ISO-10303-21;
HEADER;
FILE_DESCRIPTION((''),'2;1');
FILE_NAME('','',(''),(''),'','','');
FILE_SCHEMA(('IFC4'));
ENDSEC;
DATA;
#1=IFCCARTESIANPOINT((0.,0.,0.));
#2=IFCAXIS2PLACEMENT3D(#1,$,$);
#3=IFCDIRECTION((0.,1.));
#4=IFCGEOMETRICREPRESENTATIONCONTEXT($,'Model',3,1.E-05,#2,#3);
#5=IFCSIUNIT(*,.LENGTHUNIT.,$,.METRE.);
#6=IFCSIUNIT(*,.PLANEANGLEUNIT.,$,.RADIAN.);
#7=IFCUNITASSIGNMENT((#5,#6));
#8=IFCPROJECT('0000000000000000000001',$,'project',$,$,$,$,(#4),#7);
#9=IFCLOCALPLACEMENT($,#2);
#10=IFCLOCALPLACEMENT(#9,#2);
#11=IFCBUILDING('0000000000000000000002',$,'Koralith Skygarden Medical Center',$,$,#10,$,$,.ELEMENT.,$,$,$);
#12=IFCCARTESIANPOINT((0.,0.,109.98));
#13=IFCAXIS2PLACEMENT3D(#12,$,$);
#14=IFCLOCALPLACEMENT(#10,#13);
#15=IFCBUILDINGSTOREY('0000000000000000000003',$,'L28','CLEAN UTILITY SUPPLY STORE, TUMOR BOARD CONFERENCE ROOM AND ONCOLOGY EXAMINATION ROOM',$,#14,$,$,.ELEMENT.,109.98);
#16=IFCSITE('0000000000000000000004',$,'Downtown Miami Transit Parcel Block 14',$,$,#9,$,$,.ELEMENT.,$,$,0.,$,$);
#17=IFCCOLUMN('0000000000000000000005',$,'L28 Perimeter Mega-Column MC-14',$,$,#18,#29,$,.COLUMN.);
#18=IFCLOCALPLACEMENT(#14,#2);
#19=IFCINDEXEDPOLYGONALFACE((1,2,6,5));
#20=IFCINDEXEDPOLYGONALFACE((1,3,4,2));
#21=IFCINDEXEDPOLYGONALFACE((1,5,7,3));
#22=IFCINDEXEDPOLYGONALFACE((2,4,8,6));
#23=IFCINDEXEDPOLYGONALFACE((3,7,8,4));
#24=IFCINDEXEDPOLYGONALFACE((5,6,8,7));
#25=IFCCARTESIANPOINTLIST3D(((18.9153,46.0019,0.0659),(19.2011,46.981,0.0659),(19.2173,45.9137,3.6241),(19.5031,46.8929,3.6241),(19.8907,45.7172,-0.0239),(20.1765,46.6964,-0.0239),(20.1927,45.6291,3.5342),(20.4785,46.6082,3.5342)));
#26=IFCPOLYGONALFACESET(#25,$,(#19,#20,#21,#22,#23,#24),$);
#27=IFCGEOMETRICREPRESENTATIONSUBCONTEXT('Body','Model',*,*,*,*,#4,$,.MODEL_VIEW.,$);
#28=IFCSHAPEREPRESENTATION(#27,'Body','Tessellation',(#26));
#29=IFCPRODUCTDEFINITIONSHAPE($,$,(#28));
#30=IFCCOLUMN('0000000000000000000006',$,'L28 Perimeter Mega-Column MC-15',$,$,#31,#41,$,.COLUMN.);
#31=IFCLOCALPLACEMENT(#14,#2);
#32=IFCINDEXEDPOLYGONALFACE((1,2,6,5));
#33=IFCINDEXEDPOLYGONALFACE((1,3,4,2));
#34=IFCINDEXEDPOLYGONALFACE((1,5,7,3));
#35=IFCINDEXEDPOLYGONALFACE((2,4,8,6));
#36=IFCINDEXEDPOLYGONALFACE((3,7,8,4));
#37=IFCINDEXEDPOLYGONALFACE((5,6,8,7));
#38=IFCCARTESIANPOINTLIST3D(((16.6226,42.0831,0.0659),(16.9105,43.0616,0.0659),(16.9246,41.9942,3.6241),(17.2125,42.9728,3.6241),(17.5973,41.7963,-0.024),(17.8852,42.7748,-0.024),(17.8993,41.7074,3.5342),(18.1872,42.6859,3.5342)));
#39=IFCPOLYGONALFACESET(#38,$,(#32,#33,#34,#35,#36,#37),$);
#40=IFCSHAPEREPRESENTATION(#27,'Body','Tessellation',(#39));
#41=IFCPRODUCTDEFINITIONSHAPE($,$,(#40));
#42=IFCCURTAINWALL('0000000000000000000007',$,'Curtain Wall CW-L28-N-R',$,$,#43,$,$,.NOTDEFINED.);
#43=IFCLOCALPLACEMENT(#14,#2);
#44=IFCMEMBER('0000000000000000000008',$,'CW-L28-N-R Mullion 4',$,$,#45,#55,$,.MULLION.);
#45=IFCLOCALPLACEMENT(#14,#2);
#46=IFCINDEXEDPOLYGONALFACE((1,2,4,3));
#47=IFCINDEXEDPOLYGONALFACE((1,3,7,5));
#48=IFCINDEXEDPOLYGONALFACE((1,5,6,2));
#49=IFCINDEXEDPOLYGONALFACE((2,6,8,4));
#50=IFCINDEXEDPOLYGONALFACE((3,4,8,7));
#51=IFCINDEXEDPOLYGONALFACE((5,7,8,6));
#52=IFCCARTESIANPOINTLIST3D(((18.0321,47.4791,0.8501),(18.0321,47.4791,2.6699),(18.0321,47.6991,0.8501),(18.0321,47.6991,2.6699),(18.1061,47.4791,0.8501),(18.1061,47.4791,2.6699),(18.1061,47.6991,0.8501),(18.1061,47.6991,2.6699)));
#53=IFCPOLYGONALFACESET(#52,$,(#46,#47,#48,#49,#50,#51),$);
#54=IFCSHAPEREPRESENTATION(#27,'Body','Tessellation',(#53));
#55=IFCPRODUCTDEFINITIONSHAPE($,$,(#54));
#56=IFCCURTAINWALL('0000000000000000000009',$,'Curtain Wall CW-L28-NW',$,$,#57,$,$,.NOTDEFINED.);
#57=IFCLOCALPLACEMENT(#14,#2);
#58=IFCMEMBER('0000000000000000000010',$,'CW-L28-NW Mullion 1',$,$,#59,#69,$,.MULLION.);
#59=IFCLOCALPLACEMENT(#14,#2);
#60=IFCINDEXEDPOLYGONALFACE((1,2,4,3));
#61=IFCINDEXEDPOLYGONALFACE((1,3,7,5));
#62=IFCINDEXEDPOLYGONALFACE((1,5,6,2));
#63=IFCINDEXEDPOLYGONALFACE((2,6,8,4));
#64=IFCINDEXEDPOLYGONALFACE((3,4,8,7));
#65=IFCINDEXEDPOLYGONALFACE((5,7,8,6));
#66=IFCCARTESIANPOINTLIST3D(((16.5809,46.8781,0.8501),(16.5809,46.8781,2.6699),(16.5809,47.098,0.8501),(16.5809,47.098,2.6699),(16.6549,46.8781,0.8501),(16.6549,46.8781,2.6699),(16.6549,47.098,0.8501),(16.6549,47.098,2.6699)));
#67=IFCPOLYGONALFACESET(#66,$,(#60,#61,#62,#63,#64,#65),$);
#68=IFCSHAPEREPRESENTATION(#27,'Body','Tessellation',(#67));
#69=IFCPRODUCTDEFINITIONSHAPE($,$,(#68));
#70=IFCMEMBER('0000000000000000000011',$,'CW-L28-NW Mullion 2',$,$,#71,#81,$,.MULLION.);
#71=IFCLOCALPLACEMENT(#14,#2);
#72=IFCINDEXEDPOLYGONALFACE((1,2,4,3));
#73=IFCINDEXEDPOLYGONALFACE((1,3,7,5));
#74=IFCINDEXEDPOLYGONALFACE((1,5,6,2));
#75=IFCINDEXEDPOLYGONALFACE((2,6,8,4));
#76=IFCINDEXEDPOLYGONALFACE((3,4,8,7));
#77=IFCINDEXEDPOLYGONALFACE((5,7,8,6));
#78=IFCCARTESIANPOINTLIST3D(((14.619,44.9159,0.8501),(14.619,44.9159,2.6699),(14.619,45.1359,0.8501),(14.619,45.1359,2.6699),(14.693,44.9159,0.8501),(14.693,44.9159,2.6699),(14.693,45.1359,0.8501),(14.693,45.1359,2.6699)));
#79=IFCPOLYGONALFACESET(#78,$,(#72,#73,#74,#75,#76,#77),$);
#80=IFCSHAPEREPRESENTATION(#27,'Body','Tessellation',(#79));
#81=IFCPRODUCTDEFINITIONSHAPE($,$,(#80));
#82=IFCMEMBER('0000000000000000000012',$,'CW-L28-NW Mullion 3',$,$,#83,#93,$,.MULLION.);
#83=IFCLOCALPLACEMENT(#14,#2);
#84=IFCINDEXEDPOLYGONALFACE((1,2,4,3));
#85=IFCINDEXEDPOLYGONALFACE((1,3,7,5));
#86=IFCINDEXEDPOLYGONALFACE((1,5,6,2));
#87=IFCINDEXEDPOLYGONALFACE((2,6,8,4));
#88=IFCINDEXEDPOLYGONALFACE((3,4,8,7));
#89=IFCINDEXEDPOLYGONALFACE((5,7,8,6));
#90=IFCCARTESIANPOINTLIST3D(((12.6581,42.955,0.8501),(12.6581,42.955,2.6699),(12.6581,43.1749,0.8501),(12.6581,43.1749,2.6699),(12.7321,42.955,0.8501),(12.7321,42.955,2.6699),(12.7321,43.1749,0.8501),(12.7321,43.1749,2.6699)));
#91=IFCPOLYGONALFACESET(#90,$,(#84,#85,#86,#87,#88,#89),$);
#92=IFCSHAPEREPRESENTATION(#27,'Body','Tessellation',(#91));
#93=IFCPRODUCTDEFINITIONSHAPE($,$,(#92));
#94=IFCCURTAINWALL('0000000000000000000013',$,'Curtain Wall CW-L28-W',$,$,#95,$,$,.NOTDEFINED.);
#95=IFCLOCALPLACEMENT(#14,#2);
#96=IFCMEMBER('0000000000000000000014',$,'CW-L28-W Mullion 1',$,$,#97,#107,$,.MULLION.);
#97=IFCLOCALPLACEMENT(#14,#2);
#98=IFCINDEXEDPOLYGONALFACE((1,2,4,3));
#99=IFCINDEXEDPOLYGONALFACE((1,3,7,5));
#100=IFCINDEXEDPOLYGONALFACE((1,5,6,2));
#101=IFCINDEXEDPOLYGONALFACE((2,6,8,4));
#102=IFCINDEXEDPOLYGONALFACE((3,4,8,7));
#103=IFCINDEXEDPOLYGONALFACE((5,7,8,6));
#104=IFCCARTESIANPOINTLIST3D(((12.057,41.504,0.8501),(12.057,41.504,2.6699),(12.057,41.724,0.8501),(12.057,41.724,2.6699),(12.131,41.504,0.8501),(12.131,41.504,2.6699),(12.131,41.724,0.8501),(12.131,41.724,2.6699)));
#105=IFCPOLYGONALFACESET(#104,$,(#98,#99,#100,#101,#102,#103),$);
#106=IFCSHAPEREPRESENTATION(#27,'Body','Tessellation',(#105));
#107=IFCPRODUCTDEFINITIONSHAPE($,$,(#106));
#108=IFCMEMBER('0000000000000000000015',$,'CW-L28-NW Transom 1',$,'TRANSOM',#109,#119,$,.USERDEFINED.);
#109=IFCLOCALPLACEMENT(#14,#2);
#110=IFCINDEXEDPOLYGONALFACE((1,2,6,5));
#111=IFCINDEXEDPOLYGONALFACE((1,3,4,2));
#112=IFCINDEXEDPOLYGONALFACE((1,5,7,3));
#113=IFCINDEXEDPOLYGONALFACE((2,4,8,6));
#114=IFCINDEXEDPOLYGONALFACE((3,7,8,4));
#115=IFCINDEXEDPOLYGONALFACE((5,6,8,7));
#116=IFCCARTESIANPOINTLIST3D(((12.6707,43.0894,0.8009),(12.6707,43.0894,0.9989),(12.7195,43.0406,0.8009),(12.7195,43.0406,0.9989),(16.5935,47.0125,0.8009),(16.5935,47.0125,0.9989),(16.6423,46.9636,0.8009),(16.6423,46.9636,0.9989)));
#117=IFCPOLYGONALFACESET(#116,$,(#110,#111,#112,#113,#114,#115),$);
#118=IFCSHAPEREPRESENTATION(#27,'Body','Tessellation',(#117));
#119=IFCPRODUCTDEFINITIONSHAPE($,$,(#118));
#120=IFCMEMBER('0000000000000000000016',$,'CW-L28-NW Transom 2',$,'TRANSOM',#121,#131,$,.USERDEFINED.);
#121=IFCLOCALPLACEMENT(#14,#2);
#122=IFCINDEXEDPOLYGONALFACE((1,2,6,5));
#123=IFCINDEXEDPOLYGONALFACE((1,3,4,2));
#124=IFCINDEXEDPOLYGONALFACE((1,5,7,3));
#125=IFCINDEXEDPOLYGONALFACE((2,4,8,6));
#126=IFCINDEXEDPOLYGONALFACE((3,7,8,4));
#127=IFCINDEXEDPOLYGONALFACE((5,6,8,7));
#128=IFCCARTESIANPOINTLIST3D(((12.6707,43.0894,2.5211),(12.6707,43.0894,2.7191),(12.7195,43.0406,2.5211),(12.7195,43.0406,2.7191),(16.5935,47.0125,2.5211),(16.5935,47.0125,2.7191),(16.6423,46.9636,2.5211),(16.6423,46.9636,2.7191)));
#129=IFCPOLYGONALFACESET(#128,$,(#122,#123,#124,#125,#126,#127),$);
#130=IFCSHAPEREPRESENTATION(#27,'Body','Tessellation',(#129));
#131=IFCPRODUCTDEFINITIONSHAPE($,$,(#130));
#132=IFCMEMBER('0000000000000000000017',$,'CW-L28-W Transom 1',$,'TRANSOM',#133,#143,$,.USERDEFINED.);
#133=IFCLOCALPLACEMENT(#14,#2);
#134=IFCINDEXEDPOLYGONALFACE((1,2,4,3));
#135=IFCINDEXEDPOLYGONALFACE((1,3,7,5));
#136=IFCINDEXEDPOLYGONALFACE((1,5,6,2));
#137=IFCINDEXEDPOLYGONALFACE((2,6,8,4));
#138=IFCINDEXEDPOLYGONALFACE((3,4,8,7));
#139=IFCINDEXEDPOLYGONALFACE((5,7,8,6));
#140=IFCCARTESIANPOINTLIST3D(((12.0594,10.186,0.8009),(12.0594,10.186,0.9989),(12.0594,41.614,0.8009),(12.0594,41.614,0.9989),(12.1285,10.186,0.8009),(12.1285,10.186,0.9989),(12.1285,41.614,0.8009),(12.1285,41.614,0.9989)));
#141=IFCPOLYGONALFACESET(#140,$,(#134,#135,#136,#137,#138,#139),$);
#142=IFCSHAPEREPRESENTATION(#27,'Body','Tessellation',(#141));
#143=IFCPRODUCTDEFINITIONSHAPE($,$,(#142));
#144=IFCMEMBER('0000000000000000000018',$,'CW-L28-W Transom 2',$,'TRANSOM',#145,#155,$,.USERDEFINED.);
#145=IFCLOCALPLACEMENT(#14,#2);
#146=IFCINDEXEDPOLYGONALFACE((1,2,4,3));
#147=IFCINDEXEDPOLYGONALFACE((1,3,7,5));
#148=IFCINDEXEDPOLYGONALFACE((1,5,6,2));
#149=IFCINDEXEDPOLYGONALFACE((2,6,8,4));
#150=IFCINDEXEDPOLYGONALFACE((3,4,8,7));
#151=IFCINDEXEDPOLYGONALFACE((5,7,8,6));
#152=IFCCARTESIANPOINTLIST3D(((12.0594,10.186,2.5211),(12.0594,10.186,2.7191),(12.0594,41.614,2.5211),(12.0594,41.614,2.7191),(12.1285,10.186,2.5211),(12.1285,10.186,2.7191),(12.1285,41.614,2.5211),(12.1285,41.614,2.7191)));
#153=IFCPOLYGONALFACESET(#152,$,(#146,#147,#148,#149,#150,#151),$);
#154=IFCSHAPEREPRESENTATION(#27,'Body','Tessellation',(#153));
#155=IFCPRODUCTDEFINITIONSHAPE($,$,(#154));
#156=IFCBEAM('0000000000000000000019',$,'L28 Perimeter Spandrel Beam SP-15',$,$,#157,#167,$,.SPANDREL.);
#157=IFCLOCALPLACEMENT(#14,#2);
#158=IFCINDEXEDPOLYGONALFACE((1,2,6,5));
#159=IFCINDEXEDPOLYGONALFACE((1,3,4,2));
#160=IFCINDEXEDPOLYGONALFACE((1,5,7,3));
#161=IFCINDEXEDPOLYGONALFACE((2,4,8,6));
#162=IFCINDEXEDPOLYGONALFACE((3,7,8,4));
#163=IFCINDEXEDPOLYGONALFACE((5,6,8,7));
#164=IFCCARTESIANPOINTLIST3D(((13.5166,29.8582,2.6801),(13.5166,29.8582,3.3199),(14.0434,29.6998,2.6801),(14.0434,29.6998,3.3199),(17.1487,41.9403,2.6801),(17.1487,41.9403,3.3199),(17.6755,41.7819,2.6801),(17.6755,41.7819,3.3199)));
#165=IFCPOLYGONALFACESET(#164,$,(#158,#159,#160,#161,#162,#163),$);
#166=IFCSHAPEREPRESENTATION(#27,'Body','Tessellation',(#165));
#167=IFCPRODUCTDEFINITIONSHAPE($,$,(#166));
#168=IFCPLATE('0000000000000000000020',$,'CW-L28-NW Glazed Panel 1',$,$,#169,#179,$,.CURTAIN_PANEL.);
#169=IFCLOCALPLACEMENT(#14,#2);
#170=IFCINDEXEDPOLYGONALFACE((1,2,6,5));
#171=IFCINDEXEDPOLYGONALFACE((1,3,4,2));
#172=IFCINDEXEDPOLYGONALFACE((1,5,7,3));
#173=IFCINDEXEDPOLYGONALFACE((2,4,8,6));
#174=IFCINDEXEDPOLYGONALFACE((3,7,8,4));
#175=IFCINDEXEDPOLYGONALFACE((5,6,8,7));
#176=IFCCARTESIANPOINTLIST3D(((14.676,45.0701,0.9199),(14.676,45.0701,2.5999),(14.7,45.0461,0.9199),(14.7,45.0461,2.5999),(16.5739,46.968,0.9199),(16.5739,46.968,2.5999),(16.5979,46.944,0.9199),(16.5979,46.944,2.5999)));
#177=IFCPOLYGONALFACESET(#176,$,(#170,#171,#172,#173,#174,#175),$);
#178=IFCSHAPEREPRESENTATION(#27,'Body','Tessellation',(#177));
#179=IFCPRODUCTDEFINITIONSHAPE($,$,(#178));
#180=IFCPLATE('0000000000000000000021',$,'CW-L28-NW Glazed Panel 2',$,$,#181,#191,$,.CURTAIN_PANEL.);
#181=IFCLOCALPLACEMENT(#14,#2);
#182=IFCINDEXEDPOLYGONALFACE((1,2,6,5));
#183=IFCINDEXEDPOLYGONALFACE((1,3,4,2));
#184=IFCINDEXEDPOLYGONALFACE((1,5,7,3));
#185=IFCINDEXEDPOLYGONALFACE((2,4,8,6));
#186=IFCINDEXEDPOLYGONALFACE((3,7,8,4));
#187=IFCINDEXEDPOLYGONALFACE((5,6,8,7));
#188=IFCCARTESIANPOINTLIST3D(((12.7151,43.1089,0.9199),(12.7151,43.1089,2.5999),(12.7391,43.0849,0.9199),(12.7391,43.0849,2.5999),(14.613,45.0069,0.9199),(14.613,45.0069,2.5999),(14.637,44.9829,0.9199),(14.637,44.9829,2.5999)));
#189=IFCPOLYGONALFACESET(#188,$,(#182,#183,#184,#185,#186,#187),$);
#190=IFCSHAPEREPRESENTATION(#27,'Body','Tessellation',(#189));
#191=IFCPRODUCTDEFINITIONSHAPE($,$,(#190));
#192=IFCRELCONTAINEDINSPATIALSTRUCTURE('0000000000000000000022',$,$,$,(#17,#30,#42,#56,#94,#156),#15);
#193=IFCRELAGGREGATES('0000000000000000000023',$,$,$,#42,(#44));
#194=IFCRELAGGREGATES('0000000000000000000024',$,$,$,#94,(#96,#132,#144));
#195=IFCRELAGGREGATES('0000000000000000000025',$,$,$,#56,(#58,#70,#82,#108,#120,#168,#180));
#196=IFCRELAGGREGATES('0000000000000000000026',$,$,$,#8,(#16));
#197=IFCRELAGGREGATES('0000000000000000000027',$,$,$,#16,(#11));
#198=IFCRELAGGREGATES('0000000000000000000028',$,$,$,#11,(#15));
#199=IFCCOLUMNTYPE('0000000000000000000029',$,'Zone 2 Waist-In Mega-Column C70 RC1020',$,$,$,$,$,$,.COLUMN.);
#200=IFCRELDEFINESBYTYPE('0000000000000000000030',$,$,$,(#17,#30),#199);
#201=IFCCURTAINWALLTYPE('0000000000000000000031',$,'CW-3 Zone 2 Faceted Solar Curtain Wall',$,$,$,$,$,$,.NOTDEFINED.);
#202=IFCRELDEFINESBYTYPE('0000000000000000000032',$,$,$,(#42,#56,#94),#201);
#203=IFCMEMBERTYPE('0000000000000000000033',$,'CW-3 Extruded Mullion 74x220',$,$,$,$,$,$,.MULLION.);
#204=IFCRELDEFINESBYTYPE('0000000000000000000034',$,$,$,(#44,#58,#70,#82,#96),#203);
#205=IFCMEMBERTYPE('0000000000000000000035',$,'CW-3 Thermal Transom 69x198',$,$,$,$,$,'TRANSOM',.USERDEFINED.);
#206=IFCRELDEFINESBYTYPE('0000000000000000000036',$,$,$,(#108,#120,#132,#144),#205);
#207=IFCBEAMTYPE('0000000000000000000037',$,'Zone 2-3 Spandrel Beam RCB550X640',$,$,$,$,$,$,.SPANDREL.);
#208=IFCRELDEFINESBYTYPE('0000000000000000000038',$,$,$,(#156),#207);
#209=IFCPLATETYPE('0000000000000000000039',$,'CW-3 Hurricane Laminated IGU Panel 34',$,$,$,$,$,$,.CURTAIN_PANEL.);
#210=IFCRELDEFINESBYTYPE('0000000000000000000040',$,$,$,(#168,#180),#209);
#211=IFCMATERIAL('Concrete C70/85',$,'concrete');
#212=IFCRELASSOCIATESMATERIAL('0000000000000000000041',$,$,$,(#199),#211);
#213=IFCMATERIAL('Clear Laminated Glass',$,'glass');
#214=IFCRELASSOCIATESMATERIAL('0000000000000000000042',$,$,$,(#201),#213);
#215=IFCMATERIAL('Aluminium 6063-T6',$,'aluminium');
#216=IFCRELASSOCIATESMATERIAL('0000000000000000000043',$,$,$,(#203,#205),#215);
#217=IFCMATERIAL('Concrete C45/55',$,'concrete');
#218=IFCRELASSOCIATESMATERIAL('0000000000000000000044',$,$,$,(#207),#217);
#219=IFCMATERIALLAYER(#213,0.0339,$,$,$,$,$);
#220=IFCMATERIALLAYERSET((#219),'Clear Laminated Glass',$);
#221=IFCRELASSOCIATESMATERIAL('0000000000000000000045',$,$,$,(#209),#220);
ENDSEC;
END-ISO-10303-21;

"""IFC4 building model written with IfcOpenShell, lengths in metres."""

from ifc_helpers import new_model, si_unit, direction, frame, origin, origin_2d, place, context, subcontext, project, spatial, rectangle, extrude, material, layer, layer_set, material_profile, profile_set, type_object, element, aggregate, save


model = new_model("IFC4")

# Units and contexts
model_context = context("Model", 3, precision=1e-05, world=origin(), true_north=direction((0.0, 1.0)))
body_context = subcontext(model_context, "Body", "Model", "MODEL_VIEW")
ifc_project = project(units=[si_unit("LENGTHUNIT", "METRE"), si_unit("PLANEANGLEUNIT", "RADIAN")], contexts=[model_context])

# Site, building, storey
site_placement = place(None, origin())
site = spatial("IfcSite", under=ifc_project, at=site_placement, Name="Downtown Miami Transit Parcel Block 14", CompositionType="ELEMENT", RefElevation=0.0)
building_placement = place(site_placement, origin())
building = spatial("IfcBuilding", under=site, at=building_placement, Name="Koralith Skygarden Medical Center", CompositionType="ELEMENT")
storey_placement = place(building_placement, frame((0.0, 0.0, 109.98)))
storey = spatial("IfcBuildingStorey", under=building, at=storey_placement, Name="L28", Description="CLEAN UTILITY SUPPLY STORE, TUMOR BOARD CONFERENCE ROOM AND ONCOLOGY EXAMINATION ROOM", CompositionType="ELEMENT", Elevation=109.98)

# Columns
ifc_material_1 = material(Name="Concrete C70/85", Category="concrete")
ifc_material_profile_1 = material_profile(ifc_material_1, rectangle(XDim=1.02, YDim=1.02, at=origin_2d()), Name="RC1020X1020")
ifc_profile_set_1 = profile_set([ifc_material_profile_1], Name="Concrete C70/85")
column_type = type_object("IfcColumnType", Name="Zone 2 Waist-In Mega-Column C70 RC1020", PredefinedType="COLUMN", material=ifc_profile_set_1)
for number, where, z_axis, x_axis, name in (
    (1, (19.5459, 46.3491, 0.021), (0.084547, -0.024674, 0.996114), (0.280149, 0.959957, 0.0), "L28 Perimeter Mega-Column MC-14"),
    (2, (17.2539, 42.429, 0.021), (0.084547, -0.024879, 0.996109), (0.282292, 0.959328, 0.0), "L28 Perimeter Mega-Column MC-15"),
):
    element("IfcColumn", number, at=place(storey_placement, frame(where, z_axis=z_axis, x_axis=x_axis)), inside=storey, type_object=column_type, Name=name, PredefinedType="COLUMN", context=body_context, shape_type="SweptSolid", body=[
        extrude(rectangle(XDim=1.02, YDim=1.02, at=origin_2d()), origin(), (0.0, 0.0, 1.0), 3.572),
    ])

# Curtain wall, member
ifc_material_2 = material(Name="Clear Laminated Glass", Category="glass")
curtain_wall_type = type_object("IfcCurtainWallType", Name="CW-3 Zone 2 Faceted Solar Curtain Wall", PredefinedType="NOTDEFINED", material=ifc_material_2)
curtain_wall_1_placement = place(storey_placement, origin())
curtain_wall_1 = element("IfcCurtainWall", 3, at=curtain_wall_1_placement, inside=storey, type_object=curtain_wall_type, Name="Curtain Wall CW-L28-N-R", PredefinedType="NOTDEFINED")
ifc_material_3 = material(Name="Aluminium 6063-T6", Category="aluminium")
ifc_material_profile_2 = material_profile(ifc_material_3, rectangle(XDim=0.074, YDim=0.22, at=origin_2d()), Name="MUL74X220")
ifc_profile_set_2 = profile_set([ifc_material_profile_2], Name="Aluminium 6063-T6")
member_type_1 = type_object("IfcMemberType", Name="CW-3 Extruded Mullion 74x220", PredefinedType="MULLION", material=ifc_profile_set_2)
member_1_placement = place(storey_placement, frame((18.0691, 47.5891, 0.8501), z_axis=(0.0, 0.0, 1.0), x_axis=(1.0, 0.0, 0.0)))
member_1 = element("IfcMember", 4, at=member_1_placement, type_object=member_type_1, Name="CW-L28-N-R Mullion 4", PredefinedType="MULLION", context=body_context, shape_type="SweptSolid", body=[
    extrude(rectangle(XDim=0.074, YDim=0.22, at=origin_2d()), origin(), (0.0, 0.0, 1.0), 1.8198),
])
aggregate(curtain_wall_1, [member_1])

# Curtain wall, members
curtain_wall_2_placement = place(storey_placement, origin())
curtain_wall_2 = element("IfcCurtainWall", 5, at=curtain_wall_2_placement, inside=storey, type_object=curtain_wall_type, Name="Curtain Wall CW-L28-NW", PredefinedType="NOTDEFINED")
member_2_placement = place(storey_placement, frame((16.6179, 46.988, 0.8501), z_axis=(0.0, 0.0, 1.0), x_axis=(1.0, 0.0, 0.0)))
member_2 = element("IfcMember", 6, at=member_2_placement, type_object=member_type_1, Name="CW-L28-NW Mullion 1", PredefinedType="MULLION", context=body_context, shape_type="SweptSolid", body=[
    extrude(rectangle(XDim=0.074, YDim=0.22, at=origin_2d()), origin(), (0.0, 0.0, 1.0), 1.8198),
])
member_3_placement = place(storey_placement, frame((14.656, 45.0259, 0.8501), z_axis=(0.0, 0.0, 1.0), x_axis=(1.0, 0.0, 0.0)))
member_3 = element("IfcMember", 7, at=member_3_placement, type_object=member_type_1, Name="CW-L28-NW Mullion 2", PredefinedType="MULLION", context=body_context, shape_type="SweptSolid", body=[
    extrude(rectangle(XDim=0.074, YDim=0.22, at=origin_2d()), origin(), (0.0, 0.0, 1.0), 1.8198),
])
member_4_placement = place(storey_placement, frame((12.6951, 43.0649, 0.8501), z_axis=(0.0, 0.0, 1.0), x_axis=(1.0, 0.0, 0.0)))
member_4 = element("IfcMember", 8, at=member_4_placement, type_object=member_type_1, Name="CW-L28-NW Mullion 3", PredefinedType="MULLION", context=body_context, shape_type="SweptSolid", body=[
    extrude(rectangle(XDim=0.074, YDim=0.22, at=origin_2d()), origin(), (0.0, 0.0, 1.0), 1.8198),
])

# Curtain wall, member
curtain_wall_3_placement = place(storey_placement, origin())
curtain_wall_3 = element("IfcCurtainWall", 9, at=curtain_wall_3_placement, inside=storey, type_object=curtain_wall_type, Name="Curtain Wall CW-L28-W", PredefinedType="NOTDEFINED")
member_5_placement = place(storey_placement, frame((12.094, 41.614, 0.8501), z_axis=(0.0, 0.0, 1.0), x_axis=(1.0, 0.0, 0.0)))
member_5 = element("IfcMember", 10, at=member_5_placement, type_object=member_type_1, Name="CW-L28-W Mullion 1", PredefinedType="MULLION", context=body_context, shape_type="SweptSolid", body=[
    extrude(rectangle(XDim=0.074, YDim=0.22, at=origin_2d()), origin(), (0.0, 0.0, 1.0), 1.8198),
])

# Members
ifc_material_profile_3 = material_profile(ifc_material_3, rectangle(XDim=0.0691, YDim=0.198, at=origin_2d()), Name="TRN69X198")
ifc_profile_set_3 = profile_set([ifc_material_profile_3], Name="Aluminium 6063-T6")
member_type_2 = type_object("IfcMemberType", Name="CW-3 Thermal Transom 69x198", ElementType="TRANSOM", PredefinedType="USERDEFINED", material=ifc_profile_set_3)
member_6_placement = place(storey_placement, frame((16.6179, 46.988, 0.8999), z_axis=(-0.707085, -0.707129, 0.0), x_axis=(0.707129, -0.707085, 0.0)))
member_6 = element("IfcMember", 11, at=member_6_placement, type_object=member_type_2, Name="CW-L28-NW Transom 1", ObjectType="TRANSOM", PredefinedType="USERDEFINED", context=body_context, shape_type="SweptSolid", body=[
    extrude(rectangle(XDim=0.0691, YDim=0.198, at=origin_2d()), origin(), (0.0, 0.0, 1.0), 5.5479),
])
member_7_placement = place(storey_placement, frame((16.6179, 46.988, 2.6201), z_axis=(-0.707085, -0.707129, 0.0), x_axis=(0.707129, -0.707085, 0.0)))
member_7 = element("IfcMember", 12, at=member_7_placement, type_object=member_type_2, Name="CW-L28-NW Transom 2", ObjectType="TRANSOM", PredefinedType="USERDEFINED", context=body_context, shape_type="SweptSolid", body=[
    extrude(rectangle(XDim=0.0691, YDim=0.198, at=origin_2d()), origin(), (0.0, 0.0, 1.0), 5.5479),
])
member_8_placement = place(storey_placement, frame((12.094, 41.614, 0.8999), z_axis=(0.0, -1.0, 0.0), x_axis=(1.0, 0.0, 0.0)))
member_8 = element("IfcMember", 13, at=member_8_placement, type_object=member_type_2, Name="CW-L28-W Transom 1", ObjectType="TRANSOM", PredefinedType="USERDEFINED", context=body_context, shape_type="SweptSolid", body=[
    extrude(rectangle(XDim=0.0691, YDim=0.198, at=origin_2d()), origin(), (0.0, 0.0, 1.0), 31.428),
])
member_9_placement = place(storey_placement, frame((12.094, 41.614, 2.6201), z_axis=(0.0, -1.0, 0.0), x_axis=(1.0, 0.0, 0.0)))
member_9 = element("IfcMember", 14, at=member_9_placement, type_object=member_type_2, Name="CW-L28-W Transom 2", ObjectType="TRANSOM", PredefinedType="USERDEFINED", context=body_context, shape_type="SweptSolid", body=[
    extrude(rectangle(XDim=0.0691, YDim=0.198, at=origin_2d()), origin(), (0.0, 0.0, 1.0), 31.428),
])
aggregate(curtain_wall_3, [member_5, member_8, member_9])

# Beam
ifc_material_4 = material(Name="Concrete C45/55", Category="concrete")
ifc_material_profile_4 = material_profile(ifc_material_4, rectangle(XDim=0.55, YDim=0.6399, at=origin_2d()), Name="RCB550X640")
ifc_profile_set_4 = profile_set([ifc_material_profile_4], Name="Concrete C45/55")
beam_type = type_object("IfcBeamType", Name="Zone 2-3 Spandrel Beam RCB550X640", PredefinedType="SPANDREL", material=ifc_profile_set_4)
beam_placement = place(storey_placement, frame((17.4121, 41.8611, 3.0), z_axis=(-0.287891, -0.957663, 0.0), x_axis=(0.957663, -0.287891, 0.0)))
element("IfcBeam", 15, at=beam_placement, inside=storey, type_object=beam_type, Name="L28 Perimeter Spandrel Beam SP-15", PredefinedType="SPANDREL", context=body_context, shape_type="SweptSolid", body=[
    extrude(rectangle(XDim=0.55, YDim=0.6399, at=origin_2d()), origin(), (0.0, 0.0, 1.0), 12.6162),
])

# Plates
ifc_layer_1 = layer(ifc_material_2, 0.0339)
ifc_layer_set_1 = layer_set([ifc_layer_1], Name="Clear Laminated Glass")
plate_type_1 = type_object("IfcPlateType", Name="CW-3 Hurricane Laminated IGU Panel 34", PredefinedType="CURTAIN_PANEL", material=ifc_layer_set_1)
plate_1_placement = place(storey_placement, frame((15.637, 46.0071, 0.9199), z_axis=(0.0, 0.0, 1.0), x_axis=(-0.707107, -0.707107, 0.0)))
plate_1 = element("IfcPlate", 16, at=plate_1_placement, type_object=plate_type_1, Name="CW-L28-NW Glazed Panel 1", PredefinedType="CURTAIN_PANEL", context=body_context, shape_type="SweptSolid", body=[
    extrude(rectangle(XDim=2.6841, YDim=0.0339, at=origin_2d()), origin(), (0.0, 0.0, 1.0), 1.6799),
])
plate_2_placement = place(storey_placement, frame((13.676, 44.0459, 0.9199), z_axis=(0.0, 0.0, 1.0), x_axis=(-0.707107, -0.707107, 0.0)))
plate_2 = element("IfcPlate", 17, at=plate_2_placement, type_object=plate_type_1, Name="CW-L28-NW Glazed Panel 2", PredefinedType="CURTAIN_PANEL", context=body_context, shape_type="SweptSolid", body=[
    extrude(rectangle(XDim=2.6841, YDim=0.0339, at=origin_2d()), origin(), (0.0, 0.0, 1.0), 1.6799),
])
aggregate(curtain_wall_2, [member_2, member_3, member_4, member_6, member_7, plate_1, plate_2])

save(model, "model.ifc")
